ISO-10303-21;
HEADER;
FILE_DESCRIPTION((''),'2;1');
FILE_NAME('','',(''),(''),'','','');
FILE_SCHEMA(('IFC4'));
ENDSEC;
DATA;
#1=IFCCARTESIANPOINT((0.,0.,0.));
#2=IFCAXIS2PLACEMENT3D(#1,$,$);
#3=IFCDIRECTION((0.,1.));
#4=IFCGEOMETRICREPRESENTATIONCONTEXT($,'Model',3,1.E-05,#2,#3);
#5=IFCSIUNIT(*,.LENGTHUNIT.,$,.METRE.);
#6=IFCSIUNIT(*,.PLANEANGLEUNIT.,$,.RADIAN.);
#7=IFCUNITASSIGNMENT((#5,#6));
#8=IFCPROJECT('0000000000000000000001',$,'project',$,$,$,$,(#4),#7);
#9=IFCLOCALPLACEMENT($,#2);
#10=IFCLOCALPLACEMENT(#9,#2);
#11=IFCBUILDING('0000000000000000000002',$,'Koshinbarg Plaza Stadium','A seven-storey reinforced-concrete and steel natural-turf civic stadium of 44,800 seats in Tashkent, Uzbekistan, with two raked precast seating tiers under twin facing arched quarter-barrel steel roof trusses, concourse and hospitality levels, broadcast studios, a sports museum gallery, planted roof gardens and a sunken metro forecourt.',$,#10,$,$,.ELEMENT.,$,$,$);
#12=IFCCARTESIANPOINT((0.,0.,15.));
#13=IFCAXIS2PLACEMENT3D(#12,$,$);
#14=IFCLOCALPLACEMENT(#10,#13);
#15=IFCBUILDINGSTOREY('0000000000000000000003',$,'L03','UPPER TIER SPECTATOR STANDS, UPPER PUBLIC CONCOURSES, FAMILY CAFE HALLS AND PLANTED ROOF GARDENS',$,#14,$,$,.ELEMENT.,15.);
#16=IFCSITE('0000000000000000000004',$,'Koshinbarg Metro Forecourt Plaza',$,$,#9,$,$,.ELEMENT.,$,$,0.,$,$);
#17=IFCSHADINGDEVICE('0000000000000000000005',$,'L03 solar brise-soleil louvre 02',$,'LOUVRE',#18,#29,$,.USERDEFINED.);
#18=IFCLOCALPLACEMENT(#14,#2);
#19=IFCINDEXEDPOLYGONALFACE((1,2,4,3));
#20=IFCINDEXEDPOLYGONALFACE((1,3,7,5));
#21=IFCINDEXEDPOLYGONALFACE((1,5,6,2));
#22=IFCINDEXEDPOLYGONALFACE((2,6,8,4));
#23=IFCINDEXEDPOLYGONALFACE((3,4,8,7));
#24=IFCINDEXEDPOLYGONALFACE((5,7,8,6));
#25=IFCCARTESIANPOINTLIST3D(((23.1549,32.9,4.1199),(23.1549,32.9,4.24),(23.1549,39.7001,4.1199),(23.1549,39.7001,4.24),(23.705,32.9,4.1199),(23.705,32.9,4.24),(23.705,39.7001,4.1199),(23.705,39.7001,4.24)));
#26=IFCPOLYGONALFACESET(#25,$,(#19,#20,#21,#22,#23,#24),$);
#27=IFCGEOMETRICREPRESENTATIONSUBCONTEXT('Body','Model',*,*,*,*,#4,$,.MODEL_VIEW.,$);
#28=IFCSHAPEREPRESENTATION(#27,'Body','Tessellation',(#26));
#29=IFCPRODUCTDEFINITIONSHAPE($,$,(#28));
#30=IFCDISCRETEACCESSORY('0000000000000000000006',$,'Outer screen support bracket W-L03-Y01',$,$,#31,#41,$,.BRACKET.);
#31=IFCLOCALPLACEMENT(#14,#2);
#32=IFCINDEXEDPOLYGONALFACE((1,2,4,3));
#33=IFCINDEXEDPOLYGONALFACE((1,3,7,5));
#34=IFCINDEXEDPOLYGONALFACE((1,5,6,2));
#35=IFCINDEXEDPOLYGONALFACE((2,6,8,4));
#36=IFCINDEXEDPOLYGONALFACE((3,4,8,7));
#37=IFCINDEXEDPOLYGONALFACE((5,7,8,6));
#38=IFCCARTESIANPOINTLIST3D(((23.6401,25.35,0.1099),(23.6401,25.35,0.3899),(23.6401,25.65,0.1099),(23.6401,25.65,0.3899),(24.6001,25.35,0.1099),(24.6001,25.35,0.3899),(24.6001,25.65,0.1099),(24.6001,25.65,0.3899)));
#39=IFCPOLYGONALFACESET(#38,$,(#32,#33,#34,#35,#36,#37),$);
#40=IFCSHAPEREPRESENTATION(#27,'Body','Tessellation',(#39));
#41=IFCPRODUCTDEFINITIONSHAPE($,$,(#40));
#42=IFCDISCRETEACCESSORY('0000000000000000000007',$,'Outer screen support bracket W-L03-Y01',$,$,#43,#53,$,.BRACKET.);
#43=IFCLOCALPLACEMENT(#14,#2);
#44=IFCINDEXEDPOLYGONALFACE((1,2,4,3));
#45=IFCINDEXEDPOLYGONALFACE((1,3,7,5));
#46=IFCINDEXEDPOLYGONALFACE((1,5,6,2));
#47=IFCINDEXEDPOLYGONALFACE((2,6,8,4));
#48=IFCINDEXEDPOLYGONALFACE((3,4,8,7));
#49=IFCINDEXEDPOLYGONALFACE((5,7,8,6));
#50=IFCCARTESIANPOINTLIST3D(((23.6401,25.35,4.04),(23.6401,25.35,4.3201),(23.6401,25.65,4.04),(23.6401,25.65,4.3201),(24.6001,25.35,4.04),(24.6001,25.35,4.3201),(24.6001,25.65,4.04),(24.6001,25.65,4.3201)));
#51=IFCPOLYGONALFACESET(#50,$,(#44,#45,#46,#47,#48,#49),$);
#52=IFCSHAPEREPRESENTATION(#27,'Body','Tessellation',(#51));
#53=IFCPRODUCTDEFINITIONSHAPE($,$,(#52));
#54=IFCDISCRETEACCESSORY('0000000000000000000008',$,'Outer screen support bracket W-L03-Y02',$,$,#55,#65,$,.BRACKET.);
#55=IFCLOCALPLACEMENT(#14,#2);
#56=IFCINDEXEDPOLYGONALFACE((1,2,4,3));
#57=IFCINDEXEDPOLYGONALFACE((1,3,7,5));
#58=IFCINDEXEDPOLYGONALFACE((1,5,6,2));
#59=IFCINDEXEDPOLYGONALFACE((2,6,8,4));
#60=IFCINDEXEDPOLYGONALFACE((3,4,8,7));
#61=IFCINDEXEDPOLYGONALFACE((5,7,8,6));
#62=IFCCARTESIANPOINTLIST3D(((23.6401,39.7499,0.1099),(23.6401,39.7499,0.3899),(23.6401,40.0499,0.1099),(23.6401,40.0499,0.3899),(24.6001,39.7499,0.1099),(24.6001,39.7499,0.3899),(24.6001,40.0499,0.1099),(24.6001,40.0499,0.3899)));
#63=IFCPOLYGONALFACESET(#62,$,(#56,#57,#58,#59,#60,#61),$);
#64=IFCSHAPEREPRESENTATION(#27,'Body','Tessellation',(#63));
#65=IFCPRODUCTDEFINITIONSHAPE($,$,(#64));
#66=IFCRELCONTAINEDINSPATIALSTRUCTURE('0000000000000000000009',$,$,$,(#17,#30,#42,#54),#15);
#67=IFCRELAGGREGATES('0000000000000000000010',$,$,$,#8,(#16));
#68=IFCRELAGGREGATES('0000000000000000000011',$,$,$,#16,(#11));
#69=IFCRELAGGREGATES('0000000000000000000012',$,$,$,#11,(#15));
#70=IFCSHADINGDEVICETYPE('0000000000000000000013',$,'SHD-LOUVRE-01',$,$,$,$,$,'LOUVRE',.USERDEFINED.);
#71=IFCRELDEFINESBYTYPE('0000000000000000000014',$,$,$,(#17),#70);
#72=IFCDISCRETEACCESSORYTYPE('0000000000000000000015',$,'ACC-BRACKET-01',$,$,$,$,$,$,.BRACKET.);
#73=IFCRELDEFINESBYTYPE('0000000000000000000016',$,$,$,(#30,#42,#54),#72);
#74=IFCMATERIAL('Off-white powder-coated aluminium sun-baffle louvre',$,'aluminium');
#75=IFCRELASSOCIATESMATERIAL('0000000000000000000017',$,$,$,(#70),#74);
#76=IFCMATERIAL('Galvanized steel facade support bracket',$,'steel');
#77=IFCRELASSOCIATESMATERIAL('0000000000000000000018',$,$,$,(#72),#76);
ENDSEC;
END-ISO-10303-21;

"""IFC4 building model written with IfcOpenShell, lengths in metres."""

from ifc_helpers import new_model, si_unit, direction, frame, origin, origin_2d, place, context, subcontext, project, spatial, rectangle, extrude, material, type_object, element, save


model = new_model("IFC4")

# Units and contexts
model_context = context("Model", 3, precision=1e-05, world=origin(), true_north=direction((0.0, 1.0)))
body_context = subcontext(model_context, "Body", "Model", "MODEL_VIEW")
ifc_project = project(units=[si_unit("LENGTHUNIT", "METRE"), si_unit("PLANEANGLEUNIT", "RADIAN")], contexts=[model_context])

# Site, building, storey
site_placement = place(None, origin())
site = spatial("IfcSite", under=ifc_project, at=site_placement, Name="Koshinbarg Metro Forecourt Plaza", CompositionType="ELEMENT", RefElevation=0.0)
building_placement = place(site_placement, origin())
building = spatial("IfcBuilding", under=site, at=building_placement, Name="Koshinbarg Plaza Stadium", Description="A seven-storey reinforced-concrete and steel natural-turf civic stadium of 44,800 seats in Tashkent, Uzbekistan, with two raked precast seating tiers under twin facing arched quarter-barrel steel roof trusses, concourse and hospitality levels, broadcast studios, a sports museum gallery, planted roof gardens and a sunken metro forecourt.", CompositionType="ELEMENT")
storey_placement = place(building_placement, frame((0.0, 0.0, 15.0)))
storey = spatial("IfcBuildingStorey", under=building, at=storey_placement, Name="L03", Description="UPPER TIER SPECTATOR STANDS, UPPER PUBLIC CONCOURSES, FAMILY CAFE HALLS AND PLANTED ROOF GARDENS", CompositionType="ELEMENT", Elevation=15.0)

# Shading device
ifc_material_1 = material(Name="Off-white powder-coated aluminium sun-baffle louvre", Category="aluminium")
shading_device_type = type_object("IfcShadingDeviceType", Name="SHD-LOUVRE-01", ElementType="LOUVRE", PredefinedType="USERDEFINED", material=ifc_material_1)
for number, where, z_axis, x_axis, name in (
    (1, (23.4299, 36.3, 4.1199), (0.0, 0.0, 1.0), (1.0, 0.0, 0.0), "L03 solar brise-soleil louvre 02"),
):
    element("IfcShadingDevice", number, at=place(storey_placement, frame(where, z_axis=z_axis, x_axis=x_axis)), inside=storey, type_object=shading_device_type, Name=name, ObjectType="LOUVRE", PredefinedType="USERDEFINED", context=body_context, shape_type="SweptSolid", body=[
        extrude(rectangle(XDim=0.55, YDim=6.8, at=origin_2d()), origin(), (0.0, 0.0, 1.0), 0.1201),
    ])

# Discrete accessories
ifc_material_2 = material(Name="Galvanized steel facade support bracket", Category="steel")
discrete_accessory_type = type_object("IfcDiscreteAccessoryType", Name="ACC-BRACKET-01", PredefinedType="BRACKET", material=ifc_material_2)
for number, where, z_axis, x_axis, name in (
    (2, (24.1201, 25.5, 0.1099), (0.0, 0.0, 1.0), (1.0, 0.0, 0.0), "Outer screen support bracket W-L03-Y01"),
    (3, (24.1201, 25.5, 4.04), (0.0, 0.0, 1.0), (1.0, 0.0, 0.0), "Outer screen support bracket W-L03-Y01"),
    (4, (24.1201, 39.8999, 0.1099), (0.0, 0.0, 1.0), (1.0, 0.0, 0.0), "Outer screen support bracket W-L03-Y02"),
):
    element("IfcDiscreteAccessory", number, at=place(storey_placement, frame(where, z_axis=z_axis, x_axis=x_axis)), inside=storey, type_object=discrete_accessory_type, Name=name, PredefinedType="BRACKET", context=body_context, shape_type="SweptSolid", body=[
        extrude(rectangle(XDim=0.96, YDim=0.3, at=origin_2d()), origin(), (0.0, 0.0, 1.0), 0.28),
    ])

save(model, "model.ifc")
